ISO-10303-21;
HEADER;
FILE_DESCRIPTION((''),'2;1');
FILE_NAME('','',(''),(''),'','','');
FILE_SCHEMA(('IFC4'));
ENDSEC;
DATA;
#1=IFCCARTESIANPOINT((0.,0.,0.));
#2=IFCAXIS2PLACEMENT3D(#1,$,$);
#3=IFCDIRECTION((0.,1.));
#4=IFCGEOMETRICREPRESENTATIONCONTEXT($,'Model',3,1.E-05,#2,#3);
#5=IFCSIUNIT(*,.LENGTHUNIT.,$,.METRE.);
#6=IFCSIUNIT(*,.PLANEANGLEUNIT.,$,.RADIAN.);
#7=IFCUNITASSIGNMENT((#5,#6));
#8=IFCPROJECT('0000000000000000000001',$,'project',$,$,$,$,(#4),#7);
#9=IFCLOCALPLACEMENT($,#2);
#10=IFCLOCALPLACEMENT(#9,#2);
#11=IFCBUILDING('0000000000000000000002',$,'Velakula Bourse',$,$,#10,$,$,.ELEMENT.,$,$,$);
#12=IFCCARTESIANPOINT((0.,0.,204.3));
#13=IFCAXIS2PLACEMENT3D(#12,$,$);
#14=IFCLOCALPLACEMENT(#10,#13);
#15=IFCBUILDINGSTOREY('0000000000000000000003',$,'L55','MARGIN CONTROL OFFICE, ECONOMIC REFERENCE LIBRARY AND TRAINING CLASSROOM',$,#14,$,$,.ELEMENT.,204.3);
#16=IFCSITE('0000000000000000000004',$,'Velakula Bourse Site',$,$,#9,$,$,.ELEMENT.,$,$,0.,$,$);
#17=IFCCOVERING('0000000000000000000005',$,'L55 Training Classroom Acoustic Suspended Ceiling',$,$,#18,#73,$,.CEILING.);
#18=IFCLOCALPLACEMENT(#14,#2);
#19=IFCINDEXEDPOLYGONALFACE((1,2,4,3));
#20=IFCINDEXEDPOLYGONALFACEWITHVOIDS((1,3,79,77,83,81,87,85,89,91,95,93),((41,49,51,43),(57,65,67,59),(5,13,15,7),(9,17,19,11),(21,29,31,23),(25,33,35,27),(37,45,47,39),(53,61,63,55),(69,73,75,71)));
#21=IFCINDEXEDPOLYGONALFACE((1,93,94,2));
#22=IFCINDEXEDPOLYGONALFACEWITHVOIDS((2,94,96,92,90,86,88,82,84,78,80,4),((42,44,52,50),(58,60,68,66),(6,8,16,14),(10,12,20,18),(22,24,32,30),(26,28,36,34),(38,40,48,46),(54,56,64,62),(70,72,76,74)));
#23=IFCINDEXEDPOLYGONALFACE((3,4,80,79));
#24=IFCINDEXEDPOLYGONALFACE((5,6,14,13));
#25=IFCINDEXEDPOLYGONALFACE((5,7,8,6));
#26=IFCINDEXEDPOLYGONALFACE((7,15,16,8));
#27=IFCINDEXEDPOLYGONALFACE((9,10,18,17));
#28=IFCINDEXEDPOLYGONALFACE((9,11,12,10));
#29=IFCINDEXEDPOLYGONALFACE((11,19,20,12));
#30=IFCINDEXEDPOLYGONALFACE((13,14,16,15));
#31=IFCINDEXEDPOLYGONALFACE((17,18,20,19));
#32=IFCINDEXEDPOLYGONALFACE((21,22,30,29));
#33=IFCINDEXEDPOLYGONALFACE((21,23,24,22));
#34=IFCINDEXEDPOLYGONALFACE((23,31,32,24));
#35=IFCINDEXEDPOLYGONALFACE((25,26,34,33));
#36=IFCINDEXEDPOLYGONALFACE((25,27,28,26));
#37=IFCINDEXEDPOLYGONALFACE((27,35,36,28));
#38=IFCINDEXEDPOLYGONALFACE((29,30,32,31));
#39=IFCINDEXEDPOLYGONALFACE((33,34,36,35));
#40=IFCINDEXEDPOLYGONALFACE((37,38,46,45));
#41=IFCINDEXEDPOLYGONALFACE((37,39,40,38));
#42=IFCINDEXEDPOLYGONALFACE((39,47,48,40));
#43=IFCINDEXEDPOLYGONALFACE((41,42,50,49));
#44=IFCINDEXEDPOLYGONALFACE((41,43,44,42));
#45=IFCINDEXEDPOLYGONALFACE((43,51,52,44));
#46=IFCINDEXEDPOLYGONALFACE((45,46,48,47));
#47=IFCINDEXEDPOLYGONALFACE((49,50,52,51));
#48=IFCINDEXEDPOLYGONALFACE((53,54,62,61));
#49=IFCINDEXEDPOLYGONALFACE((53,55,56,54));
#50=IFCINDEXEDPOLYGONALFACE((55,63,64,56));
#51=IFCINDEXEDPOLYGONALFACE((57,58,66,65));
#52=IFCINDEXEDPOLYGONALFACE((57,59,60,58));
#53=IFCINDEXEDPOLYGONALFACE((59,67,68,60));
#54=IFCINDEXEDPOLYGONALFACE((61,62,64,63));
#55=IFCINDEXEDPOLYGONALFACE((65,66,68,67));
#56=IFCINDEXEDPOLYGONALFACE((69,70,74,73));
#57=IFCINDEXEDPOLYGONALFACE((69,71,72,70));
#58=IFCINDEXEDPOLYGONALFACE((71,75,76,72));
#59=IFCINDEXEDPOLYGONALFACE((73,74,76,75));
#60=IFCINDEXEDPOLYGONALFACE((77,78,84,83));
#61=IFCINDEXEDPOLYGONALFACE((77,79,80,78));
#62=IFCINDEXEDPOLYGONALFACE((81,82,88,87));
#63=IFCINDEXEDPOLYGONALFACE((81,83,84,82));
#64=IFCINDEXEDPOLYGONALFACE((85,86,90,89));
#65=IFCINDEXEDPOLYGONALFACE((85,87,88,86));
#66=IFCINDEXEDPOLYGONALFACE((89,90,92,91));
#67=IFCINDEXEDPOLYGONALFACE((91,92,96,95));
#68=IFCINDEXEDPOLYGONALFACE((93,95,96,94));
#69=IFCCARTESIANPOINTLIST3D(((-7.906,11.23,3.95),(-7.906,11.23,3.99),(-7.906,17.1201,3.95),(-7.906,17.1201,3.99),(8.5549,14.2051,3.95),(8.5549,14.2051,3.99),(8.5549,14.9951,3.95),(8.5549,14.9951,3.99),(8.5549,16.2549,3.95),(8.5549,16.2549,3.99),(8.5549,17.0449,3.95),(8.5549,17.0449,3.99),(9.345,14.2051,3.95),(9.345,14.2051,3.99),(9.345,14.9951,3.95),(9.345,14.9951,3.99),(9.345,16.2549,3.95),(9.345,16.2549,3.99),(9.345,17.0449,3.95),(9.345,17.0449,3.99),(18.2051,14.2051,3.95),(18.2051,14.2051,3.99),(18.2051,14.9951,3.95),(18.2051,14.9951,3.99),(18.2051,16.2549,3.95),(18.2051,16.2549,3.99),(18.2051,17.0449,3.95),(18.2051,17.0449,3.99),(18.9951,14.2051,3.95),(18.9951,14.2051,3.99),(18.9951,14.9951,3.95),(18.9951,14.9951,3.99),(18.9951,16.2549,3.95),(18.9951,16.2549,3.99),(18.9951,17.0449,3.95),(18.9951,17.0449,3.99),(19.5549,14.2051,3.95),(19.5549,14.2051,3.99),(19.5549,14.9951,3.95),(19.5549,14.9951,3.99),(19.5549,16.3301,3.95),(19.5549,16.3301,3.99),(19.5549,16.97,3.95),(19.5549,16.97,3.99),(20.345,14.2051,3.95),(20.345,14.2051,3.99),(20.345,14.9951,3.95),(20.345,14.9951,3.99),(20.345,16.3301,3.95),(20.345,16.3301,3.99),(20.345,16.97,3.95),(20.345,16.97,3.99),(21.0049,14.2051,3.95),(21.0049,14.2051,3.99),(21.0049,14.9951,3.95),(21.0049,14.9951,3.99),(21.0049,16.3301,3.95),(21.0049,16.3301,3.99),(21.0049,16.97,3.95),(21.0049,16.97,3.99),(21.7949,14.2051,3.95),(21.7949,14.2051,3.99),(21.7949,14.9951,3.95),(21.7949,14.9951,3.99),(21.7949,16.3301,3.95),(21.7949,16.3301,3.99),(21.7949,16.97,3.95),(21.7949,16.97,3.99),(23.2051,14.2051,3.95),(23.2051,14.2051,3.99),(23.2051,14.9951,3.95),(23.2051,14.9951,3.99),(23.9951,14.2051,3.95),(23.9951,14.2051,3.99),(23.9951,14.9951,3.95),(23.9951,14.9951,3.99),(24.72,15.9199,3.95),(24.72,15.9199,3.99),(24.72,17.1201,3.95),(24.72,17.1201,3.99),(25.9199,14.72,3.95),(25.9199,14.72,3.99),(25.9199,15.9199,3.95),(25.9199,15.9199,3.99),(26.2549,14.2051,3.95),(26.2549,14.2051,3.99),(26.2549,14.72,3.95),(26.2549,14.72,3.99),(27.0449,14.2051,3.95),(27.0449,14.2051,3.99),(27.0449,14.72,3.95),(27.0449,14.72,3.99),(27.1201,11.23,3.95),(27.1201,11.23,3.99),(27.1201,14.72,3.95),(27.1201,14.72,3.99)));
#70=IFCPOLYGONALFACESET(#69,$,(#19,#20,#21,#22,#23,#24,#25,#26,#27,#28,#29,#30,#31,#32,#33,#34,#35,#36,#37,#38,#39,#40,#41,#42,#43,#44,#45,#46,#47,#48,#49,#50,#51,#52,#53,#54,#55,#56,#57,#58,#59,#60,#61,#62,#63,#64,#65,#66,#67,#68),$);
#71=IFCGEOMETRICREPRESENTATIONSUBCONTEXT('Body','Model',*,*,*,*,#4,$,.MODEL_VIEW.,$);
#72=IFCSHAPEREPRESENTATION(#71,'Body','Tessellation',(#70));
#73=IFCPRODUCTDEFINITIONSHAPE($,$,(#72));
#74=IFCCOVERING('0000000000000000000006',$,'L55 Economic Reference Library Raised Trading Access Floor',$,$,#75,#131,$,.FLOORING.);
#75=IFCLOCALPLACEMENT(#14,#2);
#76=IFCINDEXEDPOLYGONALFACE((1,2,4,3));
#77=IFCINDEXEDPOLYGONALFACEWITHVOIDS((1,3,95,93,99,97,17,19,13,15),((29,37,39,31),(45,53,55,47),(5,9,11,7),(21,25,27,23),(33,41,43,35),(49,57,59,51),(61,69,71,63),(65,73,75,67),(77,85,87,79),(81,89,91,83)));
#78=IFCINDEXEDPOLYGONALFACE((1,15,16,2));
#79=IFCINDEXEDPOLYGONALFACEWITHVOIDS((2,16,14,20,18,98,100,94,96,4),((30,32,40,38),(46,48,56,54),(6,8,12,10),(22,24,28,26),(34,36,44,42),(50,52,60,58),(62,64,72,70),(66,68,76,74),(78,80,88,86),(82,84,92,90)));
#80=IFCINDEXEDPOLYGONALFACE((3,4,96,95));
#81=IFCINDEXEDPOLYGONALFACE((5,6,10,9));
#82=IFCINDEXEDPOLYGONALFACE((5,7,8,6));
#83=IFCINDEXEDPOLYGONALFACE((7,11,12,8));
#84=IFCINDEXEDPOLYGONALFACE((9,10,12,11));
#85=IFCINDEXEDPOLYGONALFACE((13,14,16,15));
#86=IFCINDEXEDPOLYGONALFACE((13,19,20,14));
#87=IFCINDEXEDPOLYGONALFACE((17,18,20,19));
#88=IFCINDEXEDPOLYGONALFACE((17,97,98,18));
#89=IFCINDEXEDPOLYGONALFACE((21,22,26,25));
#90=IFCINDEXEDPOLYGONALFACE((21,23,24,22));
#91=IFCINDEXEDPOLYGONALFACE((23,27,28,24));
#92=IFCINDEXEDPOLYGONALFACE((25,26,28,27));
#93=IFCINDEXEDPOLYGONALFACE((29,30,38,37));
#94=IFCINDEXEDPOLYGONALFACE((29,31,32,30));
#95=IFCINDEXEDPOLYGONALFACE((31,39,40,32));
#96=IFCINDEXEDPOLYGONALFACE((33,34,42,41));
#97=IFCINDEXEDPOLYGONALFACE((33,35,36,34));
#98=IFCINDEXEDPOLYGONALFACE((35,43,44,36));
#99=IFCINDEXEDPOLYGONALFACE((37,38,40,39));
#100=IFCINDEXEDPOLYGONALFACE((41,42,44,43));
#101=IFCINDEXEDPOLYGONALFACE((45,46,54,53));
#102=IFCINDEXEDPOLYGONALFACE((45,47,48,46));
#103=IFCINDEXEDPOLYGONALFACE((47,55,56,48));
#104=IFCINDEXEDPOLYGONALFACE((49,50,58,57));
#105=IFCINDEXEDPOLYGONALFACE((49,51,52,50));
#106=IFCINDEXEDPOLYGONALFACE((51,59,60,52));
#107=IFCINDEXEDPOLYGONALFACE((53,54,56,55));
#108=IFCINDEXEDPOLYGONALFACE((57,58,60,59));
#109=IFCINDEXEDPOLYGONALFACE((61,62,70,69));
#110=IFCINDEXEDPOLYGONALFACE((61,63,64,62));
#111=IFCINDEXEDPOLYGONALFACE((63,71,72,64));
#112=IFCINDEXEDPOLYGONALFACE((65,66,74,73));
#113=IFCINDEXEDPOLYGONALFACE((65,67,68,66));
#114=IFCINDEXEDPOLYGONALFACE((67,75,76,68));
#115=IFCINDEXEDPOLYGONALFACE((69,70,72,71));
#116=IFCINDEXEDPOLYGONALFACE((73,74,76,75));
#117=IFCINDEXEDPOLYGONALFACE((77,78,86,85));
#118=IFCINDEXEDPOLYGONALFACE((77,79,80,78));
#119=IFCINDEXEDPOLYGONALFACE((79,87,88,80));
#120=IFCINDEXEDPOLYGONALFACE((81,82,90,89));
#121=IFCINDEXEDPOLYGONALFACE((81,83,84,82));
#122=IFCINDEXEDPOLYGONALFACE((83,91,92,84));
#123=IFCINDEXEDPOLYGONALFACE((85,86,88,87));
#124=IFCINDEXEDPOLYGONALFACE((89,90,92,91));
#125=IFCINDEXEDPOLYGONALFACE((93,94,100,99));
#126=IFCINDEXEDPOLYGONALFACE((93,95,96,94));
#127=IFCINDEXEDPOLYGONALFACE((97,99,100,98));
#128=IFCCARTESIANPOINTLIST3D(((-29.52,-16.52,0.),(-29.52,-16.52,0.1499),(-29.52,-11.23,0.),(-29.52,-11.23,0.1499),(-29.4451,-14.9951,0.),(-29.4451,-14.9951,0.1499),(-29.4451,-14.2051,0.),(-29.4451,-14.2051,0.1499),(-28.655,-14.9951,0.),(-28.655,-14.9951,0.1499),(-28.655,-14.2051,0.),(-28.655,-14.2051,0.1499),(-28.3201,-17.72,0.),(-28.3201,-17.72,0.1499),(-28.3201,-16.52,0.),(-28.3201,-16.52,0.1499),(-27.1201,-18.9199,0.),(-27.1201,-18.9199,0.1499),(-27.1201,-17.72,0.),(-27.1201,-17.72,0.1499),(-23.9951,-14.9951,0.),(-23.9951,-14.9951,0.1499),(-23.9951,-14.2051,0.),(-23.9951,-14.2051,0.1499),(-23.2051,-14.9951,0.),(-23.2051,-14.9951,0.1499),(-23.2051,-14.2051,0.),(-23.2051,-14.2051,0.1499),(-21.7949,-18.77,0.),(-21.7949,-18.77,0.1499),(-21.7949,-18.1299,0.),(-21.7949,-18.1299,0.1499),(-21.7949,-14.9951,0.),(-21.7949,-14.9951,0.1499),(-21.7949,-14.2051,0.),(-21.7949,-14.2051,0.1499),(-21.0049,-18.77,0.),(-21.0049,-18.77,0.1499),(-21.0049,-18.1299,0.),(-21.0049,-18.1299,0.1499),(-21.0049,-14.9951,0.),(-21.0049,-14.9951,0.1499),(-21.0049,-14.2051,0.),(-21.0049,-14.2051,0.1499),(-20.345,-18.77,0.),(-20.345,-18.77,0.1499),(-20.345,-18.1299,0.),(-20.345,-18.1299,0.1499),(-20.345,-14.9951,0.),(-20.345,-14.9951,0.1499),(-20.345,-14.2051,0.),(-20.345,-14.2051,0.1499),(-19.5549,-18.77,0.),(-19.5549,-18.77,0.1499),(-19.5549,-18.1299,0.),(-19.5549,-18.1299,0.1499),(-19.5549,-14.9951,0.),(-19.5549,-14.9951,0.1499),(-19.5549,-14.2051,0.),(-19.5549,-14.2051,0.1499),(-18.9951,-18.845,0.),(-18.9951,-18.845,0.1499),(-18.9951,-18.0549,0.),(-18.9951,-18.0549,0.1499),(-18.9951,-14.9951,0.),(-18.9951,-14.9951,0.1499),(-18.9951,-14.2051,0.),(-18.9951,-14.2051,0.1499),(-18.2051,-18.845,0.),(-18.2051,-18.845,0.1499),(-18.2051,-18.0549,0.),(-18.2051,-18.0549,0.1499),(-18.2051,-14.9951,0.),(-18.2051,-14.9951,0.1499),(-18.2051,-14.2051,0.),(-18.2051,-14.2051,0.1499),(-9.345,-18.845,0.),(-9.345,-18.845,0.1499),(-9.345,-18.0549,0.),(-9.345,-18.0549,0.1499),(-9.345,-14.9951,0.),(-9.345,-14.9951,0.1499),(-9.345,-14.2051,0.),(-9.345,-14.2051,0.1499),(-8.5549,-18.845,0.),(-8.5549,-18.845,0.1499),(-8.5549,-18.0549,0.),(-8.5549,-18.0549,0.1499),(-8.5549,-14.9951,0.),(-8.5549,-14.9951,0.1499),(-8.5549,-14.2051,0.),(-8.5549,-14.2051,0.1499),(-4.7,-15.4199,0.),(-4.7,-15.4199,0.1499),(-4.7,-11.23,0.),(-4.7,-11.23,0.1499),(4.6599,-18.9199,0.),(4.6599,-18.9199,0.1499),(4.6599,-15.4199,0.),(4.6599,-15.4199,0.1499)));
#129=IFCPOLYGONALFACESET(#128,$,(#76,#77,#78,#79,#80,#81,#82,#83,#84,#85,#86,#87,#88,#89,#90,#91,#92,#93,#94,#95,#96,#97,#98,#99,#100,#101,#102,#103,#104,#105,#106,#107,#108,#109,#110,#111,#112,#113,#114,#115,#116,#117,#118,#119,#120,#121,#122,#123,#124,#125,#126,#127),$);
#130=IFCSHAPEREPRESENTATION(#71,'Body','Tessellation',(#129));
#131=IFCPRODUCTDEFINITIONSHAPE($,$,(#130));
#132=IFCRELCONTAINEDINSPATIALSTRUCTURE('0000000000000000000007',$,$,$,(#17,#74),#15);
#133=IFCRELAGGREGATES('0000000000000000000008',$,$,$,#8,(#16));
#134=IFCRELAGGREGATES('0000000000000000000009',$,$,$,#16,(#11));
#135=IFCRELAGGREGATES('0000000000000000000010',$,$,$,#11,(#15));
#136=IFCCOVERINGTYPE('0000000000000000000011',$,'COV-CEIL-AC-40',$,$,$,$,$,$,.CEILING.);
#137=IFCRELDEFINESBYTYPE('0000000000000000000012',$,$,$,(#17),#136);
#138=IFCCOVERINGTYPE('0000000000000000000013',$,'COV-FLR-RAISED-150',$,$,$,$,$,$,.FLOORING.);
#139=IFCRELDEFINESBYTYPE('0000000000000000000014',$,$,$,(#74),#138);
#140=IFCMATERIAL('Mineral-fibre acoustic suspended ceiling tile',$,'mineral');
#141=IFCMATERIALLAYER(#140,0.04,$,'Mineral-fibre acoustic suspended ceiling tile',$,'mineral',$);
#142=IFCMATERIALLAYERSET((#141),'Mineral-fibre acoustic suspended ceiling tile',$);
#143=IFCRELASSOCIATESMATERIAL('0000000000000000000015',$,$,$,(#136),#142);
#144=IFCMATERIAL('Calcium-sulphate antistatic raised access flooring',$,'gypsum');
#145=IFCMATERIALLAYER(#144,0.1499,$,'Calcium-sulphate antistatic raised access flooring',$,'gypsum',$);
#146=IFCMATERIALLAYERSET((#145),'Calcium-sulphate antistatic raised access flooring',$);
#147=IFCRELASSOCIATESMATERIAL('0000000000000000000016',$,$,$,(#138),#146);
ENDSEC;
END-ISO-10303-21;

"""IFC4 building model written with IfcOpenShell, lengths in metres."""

from ifc_helpers import new_model, si_unit, direction, frame, origin, place, context, subcontext, project, spatial, polyline, outline, extrude, material, layer, layer_set, type_object, element, save


model = new_model("IFC4")

# Units and contexts
model_context = context("Model", 3, precision=1e-05, world=origin(), true_north=direction((0.0, 1.0)))
body_context = subcontext(model_context, "Body", "Model", "MODEL_VIEW")
ifc_project = project(units=[si_unit("LENGTHUNIT", "METRE"), si_unit("PLANEANGLEUNIT", "RADIAN")], contexts=[model_context])

# Site, building, storey
site_placement = place(None, origin())
site = spatial("IfcSite", under=ifc_project, at=site_placement, Name="Velakula Bourse Site", CompositionType="ELEMENT", RefElevation=0.0)
building_placement = place(site_placement, origin())
building = spatial("IfcBuilding", under=site, at=building_placement, Name="Velakula Bourse", CompositionType="ELEMENT")
storey_placement = place(building_placement, frame((0.0, 0.0, 204.3)))
storey = spatial("IfcBuildingStorey", under=building, at=storey_placement, Name="L55", Description="MARGIN CONTROL OFFICE, ECONOMIC REFERENCE LIBRARY AND TRAINING CLASSROOM", CompositionType="ELEMENT", Elevation=204.3)

# Coverings
ifc_material_1 = material(Name="Mineral-fibre acoustic suspended ceiling tile", Category="mineral")
ifc_layer_1 = layer(ifc_material_1, 0.04, Name="Mineral-fibre acoustic suspended ceiling tile", Category="mineral")
ifc_layer_set_1 = layer_set([ifc_layer_1], Name="Mineral-fibre acoustic suspended ceiling tile")
covering_type_1 = type_object("IfcCoveringType", Name="COV-CEIL-AC-40", PredefinedType="CEILING", material=ifc_layer_set_1)
covering_1_placement = place(storey_placement, frame((0.0, 0.0, 3.95)))
element("IfcCovering", 1, at=covering_1_placement, inside=storey, type_object=covering_type_1, Name="L55 Training Classroom Acoustic Suspended Ceiling", PredefinedType="CEILING", context=body_context, shape_type="SweptSolid", body=[
    extrude(outline(polyline([(24.72, 15.9199), (25.9199, 15.9199), (25.9199, 14.72), (26.2549, 14.72), (26.2549, 14.2051), (27.0449, 14.2051), (27.0449, 14.72), (27.1201, 14.72), (27.1201, 11.23), (-7.906, 11.23), (-7.906, 17.1201), (24.72, 17.1201), (24.72, 15.9199)]), holes=[polyline([(8.5549, 14.2051), (9.345, 14.2051), (9.345, 14.9951), (8.5549, 14.9951), (8.5549, 14.2051)]), polyline([(18.2051, 14.9951), (18.2051, 14.2051), (18.9951, 14.2051), (18.9951, 14.9951), (18.2051, 14.9951)]), polyline([(8.5549, 16.2549), (9.345, 16.2549), (9.345, 17.0449), (8.5549, 17.0449), (8.5549, 16.2549)]), polyline([(21.0049, 14.2051), (21.7949, 14.2051), (21.7949, 14.9951), (21.0049, 14.9951), (21.0049, 14.2051)]), polyline([(23.2051, 14.2051), (23.9951, 14.2051), (23.9951, 14.9951), (23.2051, 14.9951), (23.2051, 14.2051)]), polyline([(19.5549, 14.2051), (20.345, 14.2051), (20.345, 14.9951), (19.5549, 14.9951), (19.5549, 14.2051)]), polyline([(19.5549, 16.3301), (20.345, 16.3301), (20.345, 16.97), (19.5549, 16.97), (19.5549, 16.3301)]), polyline([(18.2051, 17.0449), (18.2051, 16.2549), (18.9951, 16.2549), (18.9951, 17.0449), (18.2051, 17.0449)]), polyline([(21.0049, 16.97), (21.0049, 16.3301), (21.7949, 16.3301), (21.7949, 16.97), (21.0049, 16.97)])]), origin(), (0.0, 0.0, 1.0), 0.04),
])
ifc_material_2 = material(Name="Calcium-sulphate antistatic raised access flooring", Category="gypsum")
ifc_layer_2 = layer(ifc_material_2, 0.1499, Name="Calcium-sulphate antistatic raised access flooring", Category="gypsum")
ifc_layer_set_2 = layer_set([ifc_layer_2], Name="Calcium-sulphate antistatic raised access flooring")
covering_type_2 = type_object("IfcCoveringType", Name="COV-FLR-RAISED-150", PredefinedType="FLOORING", material=ifc_layer_set_2)
covering_2_placement = place(storey_placement, origin())
element("IfcCovering", 2, at=covering_2_placement, inside=storey, type_object=covering_type_2, Name="L55 Economic Reference Library Raised Trading Access Floor", PredefinedType="FLOORING", context=body_context, shape_type="SweptSolid", body=[
    extrude(outline(polyline([(-4.7, -15.4199), (4.6599, -15.4199), (4.6599, -18.9199), (-27.1201, -18.9199), (-27.1201, -17.72), (-28.3201, -17.72), (-28.3201, -16.52), (-29.52, -16.52), (-29.52, -11.23), (-4.7, -11.23), (-4.7, -15.4199)]), holes=[polyline([(-20.345, -18.77), (-19.5549, -18.77), (-19.5549, -18.1299), (-20.345, -18.1299), (-20.345, -18.77)]), polyline([(-21.7949, -18.77), (-21.0049, -18.77), (-21.0049, -18.1299), (-21.7949, -18.1299), (-21.7949, -18.77)]), polyline([(-18.9951, -14.9951), (-18.2051, -14.9951), (-18.2051, -14.2051), (-18.9951, -14.2051), (-18.9951, -14.9951)]), polyline([(-29.4451, -14.9951), (-28.655, -14.9951), (-28.655, -14.2051), (-29.4451, -14.2051), (-29.4451, -14.9951)]), polyline([(-23.9951, -14.9951), (-23.2051, -14.9951), (-23.2051, -14.2051), (-23.9951, -14.2051), (-23.9951, -14.9951)]), polyline([(-20.345, -14.9951), (-19.5549, -14.9951), (-19.5549, -14.2051), (-20.345, -14.2051), (-20.345, -14.9951)]), polyline([(-21.7949, -14.9951), (-21.0049, -14.9951), (-21.0049, -14.2051), (-21.7949, -14.2051), (-21.7949, -14.9951)]), polyline([(-18.9951, -18.845), (-18.2051, -18.845), (-18.2051, -18.0549), (-18.9951, -18.0549), (-18.9951, -18.845)]), polyline([(-9.345, -18.0549), (-9.345, -18.845), (-8.5549, -18.845), (-8.5549, -18.0549), (-9.345, -18.0549)]), polyline([(-9.345, -14.9951), (-8.5549, -14.9951), (-8.5549, -14.2051), (-9.345, -14.2051), (-9.345, -14.9951)])]), origin(), (0.0, 0.0, 1.0), 0.1499),
])

save(model, "model.ifc")
